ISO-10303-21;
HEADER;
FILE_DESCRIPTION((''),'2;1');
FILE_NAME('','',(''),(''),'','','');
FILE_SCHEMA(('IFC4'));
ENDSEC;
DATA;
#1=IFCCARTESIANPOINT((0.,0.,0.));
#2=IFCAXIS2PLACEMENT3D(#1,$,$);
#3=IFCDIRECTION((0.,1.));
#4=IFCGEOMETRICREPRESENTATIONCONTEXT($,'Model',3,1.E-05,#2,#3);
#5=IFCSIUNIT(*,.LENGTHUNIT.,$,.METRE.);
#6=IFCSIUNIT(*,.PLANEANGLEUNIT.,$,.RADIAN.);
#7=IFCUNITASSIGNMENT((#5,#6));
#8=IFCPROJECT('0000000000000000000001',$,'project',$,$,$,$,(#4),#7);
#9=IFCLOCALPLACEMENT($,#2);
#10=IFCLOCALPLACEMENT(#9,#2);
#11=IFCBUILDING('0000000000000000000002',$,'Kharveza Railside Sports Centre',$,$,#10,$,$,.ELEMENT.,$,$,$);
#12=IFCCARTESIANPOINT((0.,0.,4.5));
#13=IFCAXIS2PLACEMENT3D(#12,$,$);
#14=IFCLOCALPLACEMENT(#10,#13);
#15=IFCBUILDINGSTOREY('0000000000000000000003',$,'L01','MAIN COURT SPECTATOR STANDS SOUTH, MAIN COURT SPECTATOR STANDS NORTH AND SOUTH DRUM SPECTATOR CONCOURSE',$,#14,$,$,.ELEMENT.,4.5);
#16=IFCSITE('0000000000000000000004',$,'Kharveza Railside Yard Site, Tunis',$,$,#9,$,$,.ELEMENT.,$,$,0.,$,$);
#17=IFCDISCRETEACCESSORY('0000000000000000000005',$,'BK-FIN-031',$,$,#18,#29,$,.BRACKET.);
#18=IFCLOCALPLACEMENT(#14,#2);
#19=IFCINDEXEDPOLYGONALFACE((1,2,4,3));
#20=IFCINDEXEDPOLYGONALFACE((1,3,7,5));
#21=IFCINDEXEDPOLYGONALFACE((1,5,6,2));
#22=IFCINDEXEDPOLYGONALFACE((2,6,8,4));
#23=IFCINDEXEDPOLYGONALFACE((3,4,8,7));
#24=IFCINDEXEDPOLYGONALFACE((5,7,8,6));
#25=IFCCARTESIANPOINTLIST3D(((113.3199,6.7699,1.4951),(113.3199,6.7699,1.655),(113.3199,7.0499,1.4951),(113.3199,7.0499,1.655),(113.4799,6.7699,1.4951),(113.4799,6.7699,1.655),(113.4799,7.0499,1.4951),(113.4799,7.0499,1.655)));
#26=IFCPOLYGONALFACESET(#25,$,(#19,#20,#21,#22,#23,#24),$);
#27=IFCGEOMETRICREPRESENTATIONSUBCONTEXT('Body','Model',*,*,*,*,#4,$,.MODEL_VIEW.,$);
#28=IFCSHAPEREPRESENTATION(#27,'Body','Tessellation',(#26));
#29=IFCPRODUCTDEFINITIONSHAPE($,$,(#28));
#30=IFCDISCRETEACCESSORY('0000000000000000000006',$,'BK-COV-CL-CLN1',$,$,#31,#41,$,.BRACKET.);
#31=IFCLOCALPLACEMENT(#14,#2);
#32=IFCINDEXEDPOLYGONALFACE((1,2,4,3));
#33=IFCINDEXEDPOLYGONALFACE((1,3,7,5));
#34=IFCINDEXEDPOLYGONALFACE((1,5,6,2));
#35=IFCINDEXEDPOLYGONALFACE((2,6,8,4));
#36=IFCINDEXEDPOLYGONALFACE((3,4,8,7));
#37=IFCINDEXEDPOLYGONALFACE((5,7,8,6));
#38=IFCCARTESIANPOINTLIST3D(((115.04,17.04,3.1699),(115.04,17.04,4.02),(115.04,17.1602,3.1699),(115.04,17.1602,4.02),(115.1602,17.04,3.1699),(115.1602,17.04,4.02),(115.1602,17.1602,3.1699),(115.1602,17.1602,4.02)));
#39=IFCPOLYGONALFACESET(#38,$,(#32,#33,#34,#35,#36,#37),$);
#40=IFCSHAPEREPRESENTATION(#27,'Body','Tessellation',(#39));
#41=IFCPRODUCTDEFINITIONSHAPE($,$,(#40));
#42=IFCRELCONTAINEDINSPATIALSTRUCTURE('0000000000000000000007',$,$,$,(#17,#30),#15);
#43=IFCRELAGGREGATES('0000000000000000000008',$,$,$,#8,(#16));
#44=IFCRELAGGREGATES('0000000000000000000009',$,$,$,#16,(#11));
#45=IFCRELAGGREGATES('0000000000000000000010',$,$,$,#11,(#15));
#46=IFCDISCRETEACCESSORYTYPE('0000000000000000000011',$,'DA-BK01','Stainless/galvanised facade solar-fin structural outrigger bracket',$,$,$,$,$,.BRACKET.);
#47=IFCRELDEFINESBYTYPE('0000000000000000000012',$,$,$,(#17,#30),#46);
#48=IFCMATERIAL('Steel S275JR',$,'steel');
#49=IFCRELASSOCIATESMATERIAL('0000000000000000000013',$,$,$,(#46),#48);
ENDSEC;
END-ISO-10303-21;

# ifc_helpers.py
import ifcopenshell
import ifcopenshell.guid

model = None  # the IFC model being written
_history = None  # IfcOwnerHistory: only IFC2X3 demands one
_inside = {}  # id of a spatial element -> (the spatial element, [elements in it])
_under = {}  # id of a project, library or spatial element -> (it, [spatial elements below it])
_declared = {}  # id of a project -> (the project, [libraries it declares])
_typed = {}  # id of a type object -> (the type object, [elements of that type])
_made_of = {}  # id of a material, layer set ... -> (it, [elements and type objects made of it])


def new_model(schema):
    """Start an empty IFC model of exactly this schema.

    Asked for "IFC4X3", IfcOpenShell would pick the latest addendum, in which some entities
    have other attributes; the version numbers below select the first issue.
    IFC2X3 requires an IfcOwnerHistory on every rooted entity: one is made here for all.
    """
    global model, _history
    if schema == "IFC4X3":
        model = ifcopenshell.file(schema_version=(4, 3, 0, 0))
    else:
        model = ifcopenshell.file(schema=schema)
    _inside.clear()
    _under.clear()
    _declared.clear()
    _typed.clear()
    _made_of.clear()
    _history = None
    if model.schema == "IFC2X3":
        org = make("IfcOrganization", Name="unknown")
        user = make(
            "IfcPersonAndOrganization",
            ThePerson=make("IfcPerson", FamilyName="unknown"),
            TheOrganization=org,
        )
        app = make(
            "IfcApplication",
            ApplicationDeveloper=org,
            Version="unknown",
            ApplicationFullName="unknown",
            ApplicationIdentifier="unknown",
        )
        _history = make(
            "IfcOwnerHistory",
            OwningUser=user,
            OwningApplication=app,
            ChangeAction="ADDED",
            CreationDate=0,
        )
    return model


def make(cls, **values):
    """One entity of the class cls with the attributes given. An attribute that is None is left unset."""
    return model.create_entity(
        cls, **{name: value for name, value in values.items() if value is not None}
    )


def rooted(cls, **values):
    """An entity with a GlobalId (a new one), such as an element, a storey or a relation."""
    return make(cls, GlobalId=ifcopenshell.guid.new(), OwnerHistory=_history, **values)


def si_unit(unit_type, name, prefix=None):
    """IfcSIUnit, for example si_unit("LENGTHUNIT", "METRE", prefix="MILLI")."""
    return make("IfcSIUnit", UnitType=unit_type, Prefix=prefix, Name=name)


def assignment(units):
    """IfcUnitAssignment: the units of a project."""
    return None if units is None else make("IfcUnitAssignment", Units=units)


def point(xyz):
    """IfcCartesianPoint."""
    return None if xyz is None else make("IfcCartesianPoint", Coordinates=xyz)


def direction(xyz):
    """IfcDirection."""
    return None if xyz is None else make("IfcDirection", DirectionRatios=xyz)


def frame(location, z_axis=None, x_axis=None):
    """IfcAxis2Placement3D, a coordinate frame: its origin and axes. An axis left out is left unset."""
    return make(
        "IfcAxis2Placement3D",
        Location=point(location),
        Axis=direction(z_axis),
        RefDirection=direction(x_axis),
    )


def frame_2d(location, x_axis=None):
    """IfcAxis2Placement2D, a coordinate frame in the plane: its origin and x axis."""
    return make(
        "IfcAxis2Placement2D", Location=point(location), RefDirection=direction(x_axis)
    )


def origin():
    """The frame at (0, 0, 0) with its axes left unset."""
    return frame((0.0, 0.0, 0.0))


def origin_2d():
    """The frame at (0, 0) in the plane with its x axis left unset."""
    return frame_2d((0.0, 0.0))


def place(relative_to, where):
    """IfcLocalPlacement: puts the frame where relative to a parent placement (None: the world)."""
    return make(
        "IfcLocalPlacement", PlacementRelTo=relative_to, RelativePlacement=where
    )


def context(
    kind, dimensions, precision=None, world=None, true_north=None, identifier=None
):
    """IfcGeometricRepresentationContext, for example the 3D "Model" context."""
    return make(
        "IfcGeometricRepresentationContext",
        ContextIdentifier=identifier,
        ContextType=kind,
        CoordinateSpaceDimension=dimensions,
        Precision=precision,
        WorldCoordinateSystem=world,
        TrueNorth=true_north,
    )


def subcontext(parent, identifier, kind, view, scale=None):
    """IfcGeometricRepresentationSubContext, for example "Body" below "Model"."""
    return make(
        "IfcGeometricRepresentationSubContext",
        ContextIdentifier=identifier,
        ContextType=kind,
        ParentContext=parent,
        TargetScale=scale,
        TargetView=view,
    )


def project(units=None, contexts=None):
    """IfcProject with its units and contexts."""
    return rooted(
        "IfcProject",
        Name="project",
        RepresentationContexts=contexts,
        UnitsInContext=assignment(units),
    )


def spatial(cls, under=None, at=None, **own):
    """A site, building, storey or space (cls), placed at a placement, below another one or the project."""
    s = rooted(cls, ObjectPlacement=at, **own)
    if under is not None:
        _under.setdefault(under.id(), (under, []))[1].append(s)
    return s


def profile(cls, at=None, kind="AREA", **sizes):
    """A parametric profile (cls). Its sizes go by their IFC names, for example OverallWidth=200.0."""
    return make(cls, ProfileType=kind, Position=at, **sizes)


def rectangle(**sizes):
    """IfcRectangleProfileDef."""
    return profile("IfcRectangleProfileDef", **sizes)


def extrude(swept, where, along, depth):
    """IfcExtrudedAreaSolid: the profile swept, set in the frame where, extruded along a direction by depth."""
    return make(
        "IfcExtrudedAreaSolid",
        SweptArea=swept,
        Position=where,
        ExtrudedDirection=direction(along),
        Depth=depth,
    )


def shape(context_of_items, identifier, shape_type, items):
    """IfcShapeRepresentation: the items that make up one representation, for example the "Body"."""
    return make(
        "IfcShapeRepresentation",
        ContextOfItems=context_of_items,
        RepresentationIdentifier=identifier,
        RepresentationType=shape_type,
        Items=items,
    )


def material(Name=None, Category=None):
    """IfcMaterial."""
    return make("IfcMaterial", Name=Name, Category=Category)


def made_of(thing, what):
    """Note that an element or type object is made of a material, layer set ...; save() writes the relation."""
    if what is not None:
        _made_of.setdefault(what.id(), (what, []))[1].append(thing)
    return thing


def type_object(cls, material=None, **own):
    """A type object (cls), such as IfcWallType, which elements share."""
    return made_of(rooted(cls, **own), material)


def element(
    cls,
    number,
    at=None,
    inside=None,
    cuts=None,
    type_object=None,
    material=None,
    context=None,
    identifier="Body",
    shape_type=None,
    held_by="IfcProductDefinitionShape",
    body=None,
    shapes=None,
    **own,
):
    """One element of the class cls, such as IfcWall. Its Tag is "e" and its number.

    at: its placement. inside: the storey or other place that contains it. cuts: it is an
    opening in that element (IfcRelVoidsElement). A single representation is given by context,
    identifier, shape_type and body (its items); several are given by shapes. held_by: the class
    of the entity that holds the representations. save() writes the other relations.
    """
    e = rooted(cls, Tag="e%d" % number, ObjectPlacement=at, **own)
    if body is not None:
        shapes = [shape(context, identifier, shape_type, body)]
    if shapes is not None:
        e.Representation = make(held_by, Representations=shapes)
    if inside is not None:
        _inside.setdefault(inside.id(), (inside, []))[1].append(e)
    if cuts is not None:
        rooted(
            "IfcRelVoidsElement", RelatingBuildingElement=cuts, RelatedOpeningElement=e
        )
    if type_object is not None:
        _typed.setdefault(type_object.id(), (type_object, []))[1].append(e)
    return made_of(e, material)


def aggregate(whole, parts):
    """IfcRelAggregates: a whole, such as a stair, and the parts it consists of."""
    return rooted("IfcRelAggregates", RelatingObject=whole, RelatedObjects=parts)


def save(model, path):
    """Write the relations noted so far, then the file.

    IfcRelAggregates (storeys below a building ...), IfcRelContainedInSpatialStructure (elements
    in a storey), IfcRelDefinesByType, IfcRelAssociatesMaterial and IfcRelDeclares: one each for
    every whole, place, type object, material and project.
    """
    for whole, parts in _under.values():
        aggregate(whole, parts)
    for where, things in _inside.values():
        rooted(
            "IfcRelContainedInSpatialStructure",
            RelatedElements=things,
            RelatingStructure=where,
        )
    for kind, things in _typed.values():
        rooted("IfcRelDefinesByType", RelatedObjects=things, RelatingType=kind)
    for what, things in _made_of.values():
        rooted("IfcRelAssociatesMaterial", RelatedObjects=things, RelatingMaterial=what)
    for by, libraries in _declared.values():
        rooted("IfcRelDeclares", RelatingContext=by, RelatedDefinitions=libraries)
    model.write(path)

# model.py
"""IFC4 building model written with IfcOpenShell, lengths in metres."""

from ifc_helpers import new_model, si_unit, direction, frame, origin, origin_2d, place, context, subcontext, project, spatial, rectangle, extrude, material, type_object, element, save


model = new_model("IFC4")

# Units and contexts
model_context = context("Model", 3, precision=1e-05, world=origin(), true_north=direction((0.0, 1.0)))
body_context = subcontext(model_context, "Body", "Model", "MODEL_VIEW")
ifc_project = project(units=[si_unit("LENGTHUNIT", "METRE"), si_unit("PLANEANGLEUNIT", "RADIAN")], contexts=[model_context])

# Site, building, storey
site_placement = place(None, origin())
site = spatial("IfcSite", under=ifc_project, at=site_placement, Name="Kharveza Railside Yard Site, Tunis", CompositionType="ELEMENT", RefElevation=0.0)
building_placement = place(site_placement, origin())
building = spatial("IfcBuilding", under=site, at=building_placement, Name="Kharveza Railside Sports Centre", CompositionType="ELEMENT")
storey_placement = place(building_placement, frame((0.0, 0.0, 4.5)))
storey = spatial("IfcBuildingStorey", under=building, at=storey_placement, Name="L01", Description="MAIN COURT SPECTATOR STANDS SOUTH, MAIN COURT SPECTATOR STANDS NORTH AND SOUTH DRUM SPECTATOR CONCOURSE", CompositionType="ELEMENT", Elevation=4.5)

# Shared definitions
ifc_material_1 = material(Name="Steel S275JR", Category="steel")

# Discrete accessories
discrete_accessory_type = type_object("IfcDiscreteAccessoryType", Name="DA-BK01", Description="Stainless/galvanised facade solar-fin structural outrigger bracket", PredefinedType="BRACKET", material=ifc_material_1)
discrete_accessory_1_placement = place(storey_placement, frame((113.3999, 6.9099, 1.4951), z_axis=(0.0, 0.0, 1.0), x_axis=(0.0, -1.0, 0.0)))
element("IfcDiscreteAccessory", 1, at=discrete_accessory_1_placement, inside=storey, type_object=discrete_accessory_type, Name="BK-FIN-031", PredefinedType="BRACKET", context=body_context, shape_type="SweptSolid", body=[
    extrude(rectangle(XDim=0.28, YDim=0.1599, at=origin_2d()), origin(), (0.0, 0.0, 1.0), 0.1599),
])
discrete_accessory_2_placement = place(storey_placement, frame((115.1001, 17.1001, 3.1699), z_axis=(0.0, 0.0, 1.0), x_axis=(1.0, 0.0, 0.0)))
element("IfcDiscreteAccessory", 2, at=discrete_accessory_2_placement, inside=storey, type_object=discrete_accessory_type, Name="BK-COV-CL-CLN1", PredefinedType="BRACKET", context=body_context, shape_type="SweptSolid", body=[
    extrude(rectangle(XDim=0.1201, YDim=0.1201, at=origin_2d()), origin(), (0.0, 0.0, 1.0), 0.8501),
])

save(model, "model.ifc")
